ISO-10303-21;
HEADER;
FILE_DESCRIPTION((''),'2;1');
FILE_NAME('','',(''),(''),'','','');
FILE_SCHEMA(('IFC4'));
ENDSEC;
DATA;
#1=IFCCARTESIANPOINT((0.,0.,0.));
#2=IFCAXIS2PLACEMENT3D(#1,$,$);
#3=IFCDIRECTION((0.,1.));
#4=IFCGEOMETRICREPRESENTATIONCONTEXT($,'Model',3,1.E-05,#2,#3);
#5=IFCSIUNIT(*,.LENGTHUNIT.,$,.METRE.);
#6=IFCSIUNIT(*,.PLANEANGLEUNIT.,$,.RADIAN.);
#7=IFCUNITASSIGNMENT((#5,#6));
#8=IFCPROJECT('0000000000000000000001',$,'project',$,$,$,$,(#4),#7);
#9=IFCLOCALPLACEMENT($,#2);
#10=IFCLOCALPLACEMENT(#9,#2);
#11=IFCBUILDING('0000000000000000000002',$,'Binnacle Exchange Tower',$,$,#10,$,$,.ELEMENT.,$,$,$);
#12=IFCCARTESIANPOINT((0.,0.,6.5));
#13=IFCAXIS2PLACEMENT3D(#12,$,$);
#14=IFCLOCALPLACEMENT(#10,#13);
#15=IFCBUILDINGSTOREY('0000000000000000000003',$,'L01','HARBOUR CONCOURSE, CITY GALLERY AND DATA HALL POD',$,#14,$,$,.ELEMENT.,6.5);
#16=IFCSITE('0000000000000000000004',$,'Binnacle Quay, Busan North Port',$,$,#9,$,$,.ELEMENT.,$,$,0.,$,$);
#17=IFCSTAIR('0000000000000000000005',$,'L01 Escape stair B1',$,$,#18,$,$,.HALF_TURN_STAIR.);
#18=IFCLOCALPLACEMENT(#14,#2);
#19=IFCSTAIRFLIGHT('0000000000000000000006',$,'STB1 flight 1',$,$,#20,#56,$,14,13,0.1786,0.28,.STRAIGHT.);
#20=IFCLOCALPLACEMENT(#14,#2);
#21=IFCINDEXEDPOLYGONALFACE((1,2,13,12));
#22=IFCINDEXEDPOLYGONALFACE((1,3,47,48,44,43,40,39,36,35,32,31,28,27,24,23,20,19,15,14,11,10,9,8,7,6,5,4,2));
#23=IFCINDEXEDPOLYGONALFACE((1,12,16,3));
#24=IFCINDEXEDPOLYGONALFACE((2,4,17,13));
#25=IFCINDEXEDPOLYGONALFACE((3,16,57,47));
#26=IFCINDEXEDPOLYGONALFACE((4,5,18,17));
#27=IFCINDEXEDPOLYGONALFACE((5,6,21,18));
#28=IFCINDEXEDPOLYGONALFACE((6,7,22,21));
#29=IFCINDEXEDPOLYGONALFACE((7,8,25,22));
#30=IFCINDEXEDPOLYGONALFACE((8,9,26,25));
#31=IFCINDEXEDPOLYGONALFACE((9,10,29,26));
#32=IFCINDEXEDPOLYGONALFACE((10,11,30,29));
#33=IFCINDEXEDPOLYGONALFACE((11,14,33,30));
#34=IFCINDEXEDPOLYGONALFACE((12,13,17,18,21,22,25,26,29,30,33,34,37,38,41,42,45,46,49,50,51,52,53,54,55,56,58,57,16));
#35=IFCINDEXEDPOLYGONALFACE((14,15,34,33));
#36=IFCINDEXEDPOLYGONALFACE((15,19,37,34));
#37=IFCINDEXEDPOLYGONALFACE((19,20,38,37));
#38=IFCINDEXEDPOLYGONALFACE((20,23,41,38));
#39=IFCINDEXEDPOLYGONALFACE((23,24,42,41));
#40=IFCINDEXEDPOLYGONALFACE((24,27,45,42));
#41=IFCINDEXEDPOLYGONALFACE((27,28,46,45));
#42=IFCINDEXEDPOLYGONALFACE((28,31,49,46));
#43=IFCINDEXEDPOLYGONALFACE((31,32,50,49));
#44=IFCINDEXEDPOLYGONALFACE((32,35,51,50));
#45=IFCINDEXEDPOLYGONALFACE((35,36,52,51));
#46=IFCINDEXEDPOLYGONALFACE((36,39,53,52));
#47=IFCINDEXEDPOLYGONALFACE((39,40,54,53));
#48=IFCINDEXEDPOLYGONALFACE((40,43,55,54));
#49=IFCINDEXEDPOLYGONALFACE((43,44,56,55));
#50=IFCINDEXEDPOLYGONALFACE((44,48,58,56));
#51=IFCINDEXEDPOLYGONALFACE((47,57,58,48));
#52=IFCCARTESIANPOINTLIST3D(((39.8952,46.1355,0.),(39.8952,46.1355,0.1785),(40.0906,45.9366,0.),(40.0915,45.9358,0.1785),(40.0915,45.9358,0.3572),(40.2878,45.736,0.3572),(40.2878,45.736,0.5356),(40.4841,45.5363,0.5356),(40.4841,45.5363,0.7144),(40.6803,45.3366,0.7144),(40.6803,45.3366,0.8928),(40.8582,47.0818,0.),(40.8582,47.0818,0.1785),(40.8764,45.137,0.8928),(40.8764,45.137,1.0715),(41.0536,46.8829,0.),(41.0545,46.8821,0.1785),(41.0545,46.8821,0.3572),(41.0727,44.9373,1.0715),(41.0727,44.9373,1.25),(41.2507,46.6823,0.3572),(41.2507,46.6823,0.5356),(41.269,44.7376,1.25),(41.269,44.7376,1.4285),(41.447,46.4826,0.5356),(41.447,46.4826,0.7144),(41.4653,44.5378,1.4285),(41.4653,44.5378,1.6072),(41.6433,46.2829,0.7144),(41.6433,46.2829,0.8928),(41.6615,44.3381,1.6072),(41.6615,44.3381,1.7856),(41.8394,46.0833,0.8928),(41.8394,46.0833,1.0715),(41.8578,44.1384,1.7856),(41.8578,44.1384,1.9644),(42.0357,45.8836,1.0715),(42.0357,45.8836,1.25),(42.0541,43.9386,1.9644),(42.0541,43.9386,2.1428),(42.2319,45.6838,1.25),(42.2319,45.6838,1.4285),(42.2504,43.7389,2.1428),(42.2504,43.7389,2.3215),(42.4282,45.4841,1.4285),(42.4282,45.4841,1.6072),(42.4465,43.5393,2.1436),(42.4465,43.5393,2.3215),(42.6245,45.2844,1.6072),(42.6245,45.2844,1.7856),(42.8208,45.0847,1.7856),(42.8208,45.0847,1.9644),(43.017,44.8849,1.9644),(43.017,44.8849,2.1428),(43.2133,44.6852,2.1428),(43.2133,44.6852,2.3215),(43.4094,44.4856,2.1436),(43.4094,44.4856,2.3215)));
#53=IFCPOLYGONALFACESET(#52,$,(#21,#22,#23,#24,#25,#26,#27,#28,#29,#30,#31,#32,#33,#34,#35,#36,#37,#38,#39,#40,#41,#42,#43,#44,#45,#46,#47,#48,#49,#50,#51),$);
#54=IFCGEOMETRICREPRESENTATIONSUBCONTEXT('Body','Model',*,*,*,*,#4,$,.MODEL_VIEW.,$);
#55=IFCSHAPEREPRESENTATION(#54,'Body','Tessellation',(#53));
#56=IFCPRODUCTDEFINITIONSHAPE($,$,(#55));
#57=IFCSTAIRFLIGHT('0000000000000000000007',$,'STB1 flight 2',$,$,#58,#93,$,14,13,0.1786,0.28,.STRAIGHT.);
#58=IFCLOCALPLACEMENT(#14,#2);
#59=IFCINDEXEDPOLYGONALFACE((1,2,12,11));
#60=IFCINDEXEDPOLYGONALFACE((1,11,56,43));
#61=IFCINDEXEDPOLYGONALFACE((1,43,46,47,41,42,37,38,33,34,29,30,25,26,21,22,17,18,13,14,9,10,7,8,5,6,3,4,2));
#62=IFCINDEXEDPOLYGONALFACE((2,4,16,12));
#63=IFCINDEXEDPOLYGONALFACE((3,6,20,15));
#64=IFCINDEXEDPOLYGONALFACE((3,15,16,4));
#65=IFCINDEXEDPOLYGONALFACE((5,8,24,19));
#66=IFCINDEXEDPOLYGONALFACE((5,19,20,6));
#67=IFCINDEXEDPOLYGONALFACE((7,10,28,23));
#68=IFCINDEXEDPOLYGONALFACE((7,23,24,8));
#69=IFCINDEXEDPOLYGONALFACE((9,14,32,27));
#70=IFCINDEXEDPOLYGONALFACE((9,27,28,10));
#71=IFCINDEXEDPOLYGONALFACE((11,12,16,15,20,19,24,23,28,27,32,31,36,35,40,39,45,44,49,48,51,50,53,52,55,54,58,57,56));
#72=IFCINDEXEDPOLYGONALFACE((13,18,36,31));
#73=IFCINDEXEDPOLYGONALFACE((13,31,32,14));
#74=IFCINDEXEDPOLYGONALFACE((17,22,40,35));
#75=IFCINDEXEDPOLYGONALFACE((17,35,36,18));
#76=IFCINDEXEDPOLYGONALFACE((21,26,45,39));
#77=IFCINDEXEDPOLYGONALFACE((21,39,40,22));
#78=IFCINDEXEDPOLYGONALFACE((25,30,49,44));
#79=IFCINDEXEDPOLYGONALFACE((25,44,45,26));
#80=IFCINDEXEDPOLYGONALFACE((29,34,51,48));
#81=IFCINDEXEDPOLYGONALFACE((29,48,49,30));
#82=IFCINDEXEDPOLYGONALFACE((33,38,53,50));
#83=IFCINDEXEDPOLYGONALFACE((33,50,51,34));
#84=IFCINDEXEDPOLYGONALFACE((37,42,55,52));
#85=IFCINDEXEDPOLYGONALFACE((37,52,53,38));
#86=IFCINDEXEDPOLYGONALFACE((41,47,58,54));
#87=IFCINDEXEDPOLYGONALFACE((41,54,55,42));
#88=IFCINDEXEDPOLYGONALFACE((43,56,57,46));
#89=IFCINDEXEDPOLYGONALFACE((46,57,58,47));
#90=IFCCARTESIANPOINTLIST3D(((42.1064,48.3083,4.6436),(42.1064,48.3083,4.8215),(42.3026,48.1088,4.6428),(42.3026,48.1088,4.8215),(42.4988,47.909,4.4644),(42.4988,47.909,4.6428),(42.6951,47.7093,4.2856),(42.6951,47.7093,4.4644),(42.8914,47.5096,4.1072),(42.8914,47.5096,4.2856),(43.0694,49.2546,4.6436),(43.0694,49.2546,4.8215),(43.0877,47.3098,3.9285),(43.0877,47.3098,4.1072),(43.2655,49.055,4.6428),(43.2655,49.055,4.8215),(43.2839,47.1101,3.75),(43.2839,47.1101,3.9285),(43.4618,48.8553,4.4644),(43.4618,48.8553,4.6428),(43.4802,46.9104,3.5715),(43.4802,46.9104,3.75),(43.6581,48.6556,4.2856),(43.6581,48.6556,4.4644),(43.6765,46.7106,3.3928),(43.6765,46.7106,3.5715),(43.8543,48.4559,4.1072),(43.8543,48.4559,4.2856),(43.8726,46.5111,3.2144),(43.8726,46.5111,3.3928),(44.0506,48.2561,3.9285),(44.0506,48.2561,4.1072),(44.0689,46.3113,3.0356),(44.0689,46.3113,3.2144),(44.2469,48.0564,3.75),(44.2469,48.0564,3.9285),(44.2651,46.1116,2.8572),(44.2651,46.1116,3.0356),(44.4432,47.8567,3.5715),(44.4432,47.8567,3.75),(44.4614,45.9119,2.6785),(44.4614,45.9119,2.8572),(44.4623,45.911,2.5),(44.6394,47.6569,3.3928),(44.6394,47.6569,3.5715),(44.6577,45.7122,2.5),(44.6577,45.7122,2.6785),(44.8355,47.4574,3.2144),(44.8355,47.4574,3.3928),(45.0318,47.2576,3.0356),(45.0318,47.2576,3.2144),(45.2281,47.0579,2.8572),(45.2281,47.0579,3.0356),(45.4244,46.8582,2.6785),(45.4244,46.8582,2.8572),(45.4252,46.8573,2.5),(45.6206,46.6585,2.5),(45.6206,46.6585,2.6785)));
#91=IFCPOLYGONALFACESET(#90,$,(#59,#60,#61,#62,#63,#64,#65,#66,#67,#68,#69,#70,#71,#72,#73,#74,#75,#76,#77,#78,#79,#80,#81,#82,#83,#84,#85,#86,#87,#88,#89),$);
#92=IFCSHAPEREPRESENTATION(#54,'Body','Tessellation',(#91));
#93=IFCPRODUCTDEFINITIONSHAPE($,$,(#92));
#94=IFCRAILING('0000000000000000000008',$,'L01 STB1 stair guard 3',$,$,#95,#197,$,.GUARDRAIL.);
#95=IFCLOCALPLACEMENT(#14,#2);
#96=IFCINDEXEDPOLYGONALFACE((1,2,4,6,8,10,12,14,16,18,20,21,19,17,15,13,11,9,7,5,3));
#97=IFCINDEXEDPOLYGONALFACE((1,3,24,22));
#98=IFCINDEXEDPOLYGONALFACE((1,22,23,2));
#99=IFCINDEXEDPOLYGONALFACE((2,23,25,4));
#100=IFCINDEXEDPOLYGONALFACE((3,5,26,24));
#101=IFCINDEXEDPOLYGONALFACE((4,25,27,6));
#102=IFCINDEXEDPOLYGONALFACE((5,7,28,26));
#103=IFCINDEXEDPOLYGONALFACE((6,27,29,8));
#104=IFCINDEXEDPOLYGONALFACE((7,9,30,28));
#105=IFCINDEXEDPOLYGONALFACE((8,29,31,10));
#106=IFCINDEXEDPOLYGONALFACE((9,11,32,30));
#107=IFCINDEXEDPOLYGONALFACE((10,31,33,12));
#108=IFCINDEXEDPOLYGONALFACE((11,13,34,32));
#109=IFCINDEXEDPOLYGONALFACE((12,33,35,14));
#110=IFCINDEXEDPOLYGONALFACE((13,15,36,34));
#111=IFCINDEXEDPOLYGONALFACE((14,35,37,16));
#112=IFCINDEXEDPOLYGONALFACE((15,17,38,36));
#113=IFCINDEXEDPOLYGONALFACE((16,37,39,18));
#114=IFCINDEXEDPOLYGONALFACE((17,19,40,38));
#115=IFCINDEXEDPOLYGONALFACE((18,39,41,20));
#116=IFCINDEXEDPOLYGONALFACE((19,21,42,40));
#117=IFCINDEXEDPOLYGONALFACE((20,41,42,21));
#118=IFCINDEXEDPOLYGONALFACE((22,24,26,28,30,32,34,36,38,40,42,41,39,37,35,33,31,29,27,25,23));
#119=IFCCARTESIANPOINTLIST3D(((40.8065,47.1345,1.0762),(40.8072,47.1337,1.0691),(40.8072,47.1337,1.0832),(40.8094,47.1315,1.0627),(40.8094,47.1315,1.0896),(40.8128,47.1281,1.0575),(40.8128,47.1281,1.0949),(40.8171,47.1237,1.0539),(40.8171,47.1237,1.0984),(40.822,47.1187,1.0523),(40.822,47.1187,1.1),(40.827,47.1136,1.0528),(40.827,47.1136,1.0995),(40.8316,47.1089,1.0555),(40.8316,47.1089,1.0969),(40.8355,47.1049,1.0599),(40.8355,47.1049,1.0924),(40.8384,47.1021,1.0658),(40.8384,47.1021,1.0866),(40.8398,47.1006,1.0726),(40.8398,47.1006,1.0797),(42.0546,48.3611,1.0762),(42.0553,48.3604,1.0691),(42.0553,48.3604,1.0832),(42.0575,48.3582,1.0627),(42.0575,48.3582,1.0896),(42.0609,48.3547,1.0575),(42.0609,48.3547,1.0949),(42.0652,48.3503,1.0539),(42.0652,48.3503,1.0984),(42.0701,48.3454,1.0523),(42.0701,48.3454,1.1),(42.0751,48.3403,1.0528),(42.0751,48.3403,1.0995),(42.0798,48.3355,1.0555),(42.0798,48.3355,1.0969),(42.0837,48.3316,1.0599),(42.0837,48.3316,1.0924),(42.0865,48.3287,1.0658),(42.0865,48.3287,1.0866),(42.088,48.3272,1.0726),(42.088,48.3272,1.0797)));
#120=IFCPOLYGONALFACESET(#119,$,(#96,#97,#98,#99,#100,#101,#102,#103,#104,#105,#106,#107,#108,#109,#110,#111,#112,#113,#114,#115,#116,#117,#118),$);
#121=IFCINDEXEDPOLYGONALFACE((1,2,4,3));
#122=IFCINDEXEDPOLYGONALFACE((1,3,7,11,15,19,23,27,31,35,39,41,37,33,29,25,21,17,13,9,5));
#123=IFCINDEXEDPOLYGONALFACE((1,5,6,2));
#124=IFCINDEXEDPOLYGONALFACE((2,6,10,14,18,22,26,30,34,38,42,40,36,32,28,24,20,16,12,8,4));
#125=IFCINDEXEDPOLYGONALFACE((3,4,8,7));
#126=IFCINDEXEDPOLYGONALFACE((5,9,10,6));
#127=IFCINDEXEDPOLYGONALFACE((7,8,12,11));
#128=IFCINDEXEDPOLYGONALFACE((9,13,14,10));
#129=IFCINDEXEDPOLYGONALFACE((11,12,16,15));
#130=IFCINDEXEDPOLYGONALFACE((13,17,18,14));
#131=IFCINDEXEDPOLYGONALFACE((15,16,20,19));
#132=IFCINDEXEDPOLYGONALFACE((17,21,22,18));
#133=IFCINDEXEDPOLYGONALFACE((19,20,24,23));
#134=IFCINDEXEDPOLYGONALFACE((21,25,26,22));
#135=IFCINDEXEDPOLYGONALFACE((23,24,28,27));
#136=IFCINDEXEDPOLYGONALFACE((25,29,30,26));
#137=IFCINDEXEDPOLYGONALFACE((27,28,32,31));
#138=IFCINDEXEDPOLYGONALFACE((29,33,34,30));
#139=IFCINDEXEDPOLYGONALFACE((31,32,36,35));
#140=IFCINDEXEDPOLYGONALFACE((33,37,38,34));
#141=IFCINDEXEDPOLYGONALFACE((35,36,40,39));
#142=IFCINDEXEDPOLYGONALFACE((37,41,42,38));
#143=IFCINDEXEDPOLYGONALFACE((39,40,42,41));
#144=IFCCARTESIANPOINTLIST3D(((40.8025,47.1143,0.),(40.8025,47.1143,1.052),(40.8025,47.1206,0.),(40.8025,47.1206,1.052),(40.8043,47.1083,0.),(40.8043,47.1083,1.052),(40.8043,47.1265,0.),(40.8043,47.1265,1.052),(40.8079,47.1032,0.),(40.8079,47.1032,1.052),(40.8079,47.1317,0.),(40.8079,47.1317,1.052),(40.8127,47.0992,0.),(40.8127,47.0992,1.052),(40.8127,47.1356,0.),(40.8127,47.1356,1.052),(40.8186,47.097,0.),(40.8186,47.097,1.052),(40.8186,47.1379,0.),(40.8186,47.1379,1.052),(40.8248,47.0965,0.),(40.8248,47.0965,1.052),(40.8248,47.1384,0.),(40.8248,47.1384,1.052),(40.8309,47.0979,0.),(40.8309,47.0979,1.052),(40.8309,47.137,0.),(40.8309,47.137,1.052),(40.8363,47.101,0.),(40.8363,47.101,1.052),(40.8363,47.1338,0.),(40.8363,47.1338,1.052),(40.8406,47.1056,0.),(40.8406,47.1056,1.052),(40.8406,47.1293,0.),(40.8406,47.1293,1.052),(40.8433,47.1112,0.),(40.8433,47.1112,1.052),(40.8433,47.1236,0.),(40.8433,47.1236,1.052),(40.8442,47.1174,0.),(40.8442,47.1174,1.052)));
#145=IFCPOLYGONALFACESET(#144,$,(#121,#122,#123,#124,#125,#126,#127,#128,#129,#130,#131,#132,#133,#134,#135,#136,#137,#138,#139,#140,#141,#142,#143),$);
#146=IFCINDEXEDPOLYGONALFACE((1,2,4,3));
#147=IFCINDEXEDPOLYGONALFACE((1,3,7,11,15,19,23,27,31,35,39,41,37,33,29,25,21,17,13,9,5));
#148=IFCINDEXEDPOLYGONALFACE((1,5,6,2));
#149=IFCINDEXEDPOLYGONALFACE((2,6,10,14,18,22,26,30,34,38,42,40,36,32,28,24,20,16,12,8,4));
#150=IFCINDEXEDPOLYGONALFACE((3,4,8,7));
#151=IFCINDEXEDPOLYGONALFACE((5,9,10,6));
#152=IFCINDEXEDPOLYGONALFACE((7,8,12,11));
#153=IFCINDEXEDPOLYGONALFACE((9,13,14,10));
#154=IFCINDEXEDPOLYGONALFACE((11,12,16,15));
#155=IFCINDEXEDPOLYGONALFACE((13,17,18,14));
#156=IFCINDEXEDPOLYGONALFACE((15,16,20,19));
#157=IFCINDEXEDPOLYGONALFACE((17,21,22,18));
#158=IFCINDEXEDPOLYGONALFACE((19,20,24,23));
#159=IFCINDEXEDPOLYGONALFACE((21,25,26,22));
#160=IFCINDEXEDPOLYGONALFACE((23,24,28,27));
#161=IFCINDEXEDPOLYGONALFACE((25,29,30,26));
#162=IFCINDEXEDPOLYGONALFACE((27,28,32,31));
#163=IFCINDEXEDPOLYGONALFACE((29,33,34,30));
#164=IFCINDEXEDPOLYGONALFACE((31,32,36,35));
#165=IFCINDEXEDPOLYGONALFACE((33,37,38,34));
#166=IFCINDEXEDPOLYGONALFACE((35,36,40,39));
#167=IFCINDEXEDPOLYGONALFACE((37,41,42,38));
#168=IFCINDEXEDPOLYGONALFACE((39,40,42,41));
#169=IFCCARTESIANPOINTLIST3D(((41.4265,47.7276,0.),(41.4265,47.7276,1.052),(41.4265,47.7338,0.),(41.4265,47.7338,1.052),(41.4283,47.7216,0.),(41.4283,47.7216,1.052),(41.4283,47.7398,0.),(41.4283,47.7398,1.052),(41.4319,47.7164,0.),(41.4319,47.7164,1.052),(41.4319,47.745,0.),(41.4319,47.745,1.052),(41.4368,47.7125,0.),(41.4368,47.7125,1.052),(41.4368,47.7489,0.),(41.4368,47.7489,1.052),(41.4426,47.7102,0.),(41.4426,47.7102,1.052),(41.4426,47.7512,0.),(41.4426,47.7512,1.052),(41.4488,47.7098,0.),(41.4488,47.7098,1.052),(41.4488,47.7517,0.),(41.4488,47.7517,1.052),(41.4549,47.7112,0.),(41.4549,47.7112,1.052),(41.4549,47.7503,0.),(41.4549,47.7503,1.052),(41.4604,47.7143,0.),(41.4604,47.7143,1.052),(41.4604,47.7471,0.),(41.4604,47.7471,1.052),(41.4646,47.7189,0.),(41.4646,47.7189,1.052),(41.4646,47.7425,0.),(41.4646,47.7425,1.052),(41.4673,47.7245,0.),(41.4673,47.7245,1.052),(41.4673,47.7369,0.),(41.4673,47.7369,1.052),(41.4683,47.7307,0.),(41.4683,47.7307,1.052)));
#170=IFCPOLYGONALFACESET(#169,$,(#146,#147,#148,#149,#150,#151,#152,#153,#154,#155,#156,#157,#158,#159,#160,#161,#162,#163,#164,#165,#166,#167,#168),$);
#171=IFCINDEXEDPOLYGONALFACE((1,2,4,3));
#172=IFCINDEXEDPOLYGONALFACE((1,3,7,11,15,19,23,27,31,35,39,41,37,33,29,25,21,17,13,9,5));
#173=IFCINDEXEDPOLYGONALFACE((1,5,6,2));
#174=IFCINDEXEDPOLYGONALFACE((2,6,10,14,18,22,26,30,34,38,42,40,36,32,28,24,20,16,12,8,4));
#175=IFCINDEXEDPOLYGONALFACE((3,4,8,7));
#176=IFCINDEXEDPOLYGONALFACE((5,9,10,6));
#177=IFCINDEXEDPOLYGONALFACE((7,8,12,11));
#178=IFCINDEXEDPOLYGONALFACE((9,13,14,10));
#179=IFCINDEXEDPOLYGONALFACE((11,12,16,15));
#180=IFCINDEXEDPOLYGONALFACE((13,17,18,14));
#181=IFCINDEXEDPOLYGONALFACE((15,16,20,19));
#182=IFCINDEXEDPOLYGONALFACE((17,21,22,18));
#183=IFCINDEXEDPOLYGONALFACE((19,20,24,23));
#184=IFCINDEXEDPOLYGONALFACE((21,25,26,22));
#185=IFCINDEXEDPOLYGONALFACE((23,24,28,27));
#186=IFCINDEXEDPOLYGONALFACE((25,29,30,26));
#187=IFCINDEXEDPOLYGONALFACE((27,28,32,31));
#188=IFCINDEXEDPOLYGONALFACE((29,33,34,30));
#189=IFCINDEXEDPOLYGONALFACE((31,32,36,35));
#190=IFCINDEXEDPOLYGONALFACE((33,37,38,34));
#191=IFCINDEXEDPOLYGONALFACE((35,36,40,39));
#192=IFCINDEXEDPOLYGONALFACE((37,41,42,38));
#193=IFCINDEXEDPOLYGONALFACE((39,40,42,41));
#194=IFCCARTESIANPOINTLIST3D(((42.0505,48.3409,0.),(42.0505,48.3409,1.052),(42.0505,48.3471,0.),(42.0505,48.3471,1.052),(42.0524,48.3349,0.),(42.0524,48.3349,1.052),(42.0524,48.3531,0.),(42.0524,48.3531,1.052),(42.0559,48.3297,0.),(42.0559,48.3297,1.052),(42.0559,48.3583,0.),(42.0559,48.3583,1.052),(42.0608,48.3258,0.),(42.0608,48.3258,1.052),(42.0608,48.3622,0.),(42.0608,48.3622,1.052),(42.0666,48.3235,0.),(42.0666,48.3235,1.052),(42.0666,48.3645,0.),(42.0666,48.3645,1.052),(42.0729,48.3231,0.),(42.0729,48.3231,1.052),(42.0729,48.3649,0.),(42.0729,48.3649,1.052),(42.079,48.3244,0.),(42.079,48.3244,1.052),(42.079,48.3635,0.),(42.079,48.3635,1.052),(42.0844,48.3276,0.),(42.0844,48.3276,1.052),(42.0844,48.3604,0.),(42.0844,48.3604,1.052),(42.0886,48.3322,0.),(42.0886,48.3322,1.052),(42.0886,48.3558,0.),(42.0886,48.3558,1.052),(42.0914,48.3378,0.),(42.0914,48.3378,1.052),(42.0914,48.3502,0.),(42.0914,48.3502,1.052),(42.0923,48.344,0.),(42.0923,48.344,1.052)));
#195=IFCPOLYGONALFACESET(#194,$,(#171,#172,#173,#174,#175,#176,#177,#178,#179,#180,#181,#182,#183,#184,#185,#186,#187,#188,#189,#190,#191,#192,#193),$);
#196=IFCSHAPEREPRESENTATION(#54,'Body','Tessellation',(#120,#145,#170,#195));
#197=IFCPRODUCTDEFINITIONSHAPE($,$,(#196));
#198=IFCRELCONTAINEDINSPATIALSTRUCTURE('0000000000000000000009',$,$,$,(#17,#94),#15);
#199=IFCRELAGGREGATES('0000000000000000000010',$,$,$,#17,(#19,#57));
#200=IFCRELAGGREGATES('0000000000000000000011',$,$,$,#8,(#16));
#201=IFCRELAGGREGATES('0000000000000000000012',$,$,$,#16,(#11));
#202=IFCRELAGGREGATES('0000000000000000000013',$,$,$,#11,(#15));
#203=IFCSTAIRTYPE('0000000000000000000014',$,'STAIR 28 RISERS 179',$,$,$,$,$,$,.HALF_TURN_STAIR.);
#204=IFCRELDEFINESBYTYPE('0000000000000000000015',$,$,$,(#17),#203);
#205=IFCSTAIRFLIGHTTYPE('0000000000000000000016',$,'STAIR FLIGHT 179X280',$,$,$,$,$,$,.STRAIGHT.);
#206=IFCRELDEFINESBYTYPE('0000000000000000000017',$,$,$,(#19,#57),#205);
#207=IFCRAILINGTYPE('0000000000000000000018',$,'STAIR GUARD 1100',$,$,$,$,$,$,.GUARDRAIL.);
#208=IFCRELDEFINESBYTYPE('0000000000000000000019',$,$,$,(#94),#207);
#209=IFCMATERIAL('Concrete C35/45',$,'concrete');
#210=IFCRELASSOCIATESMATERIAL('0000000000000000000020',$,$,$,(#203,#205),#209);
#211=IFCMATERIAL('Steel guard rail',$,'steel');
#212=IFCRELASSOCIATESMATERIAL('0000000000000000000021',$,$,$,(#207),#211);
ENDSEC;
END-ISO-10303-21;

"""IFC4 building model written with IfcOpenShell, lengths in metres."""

from ifc_helpers import new_model, si_unit, direction, frame, origin, origin_2d, place, context, subcontext, project, spatial, polyline, circle, outline, extrude, material, type_object, element, aggregate, save


model = new_model("IFC4")

# Units and contexts
model_context = context("Model", 3, precision=1e-05, world=origin(), true_north=direction((0.0, 1.0)))
body_context = subcontext(model_context, "Body", "Model", "MODEL_VIEW")
ifc_project = project(units=[si_unit("LENGTHUNIT", "METRE"), si_unit("PLANEANGLEUNIT", "RADIAN")], contexts=[model_context])

# Site, building, storey
site_placement = place(None, origin())
site = spatial("IfcSite", under=ifc_project, at=site_placement, Name="Binnacle Quay, Busan North Port", CompositionType="ELEMENT", RefElevation=0.0)
building_placement = place(site_placement, origin())
building = spatial("IfcBuilding", under=site, at=building_placement, Name="Binnacle Exchange Tower", CompositionType="ELEMENT")
storey_placement = place(building_placement, frame((0.0, 0.0, 6.5)))
storey = spatial("IfcBuildingStorey", under=building, at=storey_placement, Name="L01", Description="HARBOUR CONCOURSE, CITY GALLERY AND DATA HALL POD", CompositionType="ELEMENT", Elevation=6.5)

# Stair, stair flights
ifc_material_1 = material(Name="Concrete C35/45", Category="concrete")
stair_type = type_object("IfcStairType", Name="STAIR 28 RISERS 179", PredefinedType="HALF_TURN_STAIR", material=ifc_material_1)
stair_placement = place(storey_placement, origin())
stair = element("IfcStair", 1, at=stair_placement, inside=storey, type_object=stair_type, Name="L01 Escape stair B1", PredefinedType="HALF_TURN_STAIR")
stair_flight_type = type_object("IfcStairFlightType", Name="STAIR FLIGHT 179X280", PredefinedType="STRAIGHT", material=ifc_material_1)
stair_flight_1_placement = place(storey_placement, frame((40.3767, 46.6086, 0.0), z_axis=(0.0, 0.0, 1.0), x_axis=(0.700909, -0.71325, 0.0)))
stair_flight_1 = element("IfcStairFlight", 2, at=stair_flight_1_placement, type_object=stair_flight_type, Name="STB1 flight 1", NumberOfRisers=14, NumberOfTreads=13, PredefinedType="STRAIGHT", RiserHeight=0.1786, TreadLength=0.28, context=body_context, shape_type="SweptSolid", body=[
    extrude(outline(polyline([(0.0, 0.0), (0.0, 0.1785), (0.28, 0.1785), (0.28, 0.3572), (0.5601, 0.3572), (0.5601, 0.5356), (0.8401, 0.5356), (0.8401, 0.7144), (1.1201, 0.7144), (1.1201, 0.8928), (1.3999, 0.8928), (1.3999, 1.0715), (1.6799, 1.0715), (1.6799, 1.25), (1.96, 1.25), (1.96, 1.4285), (2.24, 1.4285), (2.24, 1.6072), (2.52, 1.6072), (2.52, 1.7856), (2.8, 1.7856), (2.8, 1.9644), (3.0801, 1.9644), (3.0801, 2.1428), (3.3601, 2.1428), (3.3601, 2.3215), (3.6399, 2.3215), (3.6399, 2.5), (3.6399, 2.1436), (0.2788, 0.0), (0.0, 0.0)])), frame((0.0, 0.675, 0.0), z_axis=(0.0, -1.0, 0.0), x_axis=(1.0, 0.0, 0.0)), (0.0, 0.0, 1.0), 1.3501),
])
stair_flight_2_placement = place(storey_placement, frame((45.1392, 46.1853, 2.5), z_axis=(0.0, 0.0, 1.0), x_axis=(-0.700909, 0.71325, 0.0)))
stair_flight_2 = element("IfcStairFlight", 3, at=stair_flight_2_placement, type_object=stair_flight_type, Name="STB1 flight 2", NumberOfRisers=14, NumberOfTreads=13, PredefinedType="STRAIGHT", RiserHeight=0.1786, TreadLength=0.28, context=body_context, shape_type="SweptSolid", body=[
    extrude(outline(polyline([(0.0, 0.0), (0.0, 0.1785), (0.28, 0.1785), (0.28, 0.3572), (0.5601, 0.3572), (0.5601, 0.5356), (0.8401, 0.5356), (0.8401, 0.7144), (1.1201, 0.7144), (1.1201, 0.8928), (1.3999, 0.8928), (1.3999, 1.0715), (1.6799, 1.0715), (1.6799, 1.25), (1.96, 1.25), (1.96, 1.4285), (2.24, 1.4285), (2.24, 1.6072), (2.52, 1.6072), (2.52, 1.7856), (2.8, 1.7856), (2.8, 1.9644), (3.0801, 1.9644), (3.0801, 2.1428), (3.3601, 2.1428), (3.3601, 2.3215), (3.6399, 2.3215), (3.6399, 2.5), (3.6399, 2.1436), (0.2788, 0.0), (0.0, 0.0)])), frame((0.0, 0.675, 0.0), z_axis=(0.0, -1.0, 0.0), x_axis=(1.0, 0.0, 0.0)), (0.0, 0.0, 1.0), 1.3501),
])
aggregate(stair, [stair_flight_1, stair_flight_2])

# Railing
ifc_material_2 = material(Name="Steel guard rail", Category="steel")
railing_type_1 = type_object("IfcRailingType", Name="STAIR GUARD 1100", PredefinedType="GUARDRAIL", material=ifc_material_2)
railing_1_placement = place(storey_placement, frame((40.8232, 47.1174, 0.0)))
element("IfcRailing", 4, at=railing_1_placement, inside=storey, type_object=railing_type_1, Name="L01 STB1 stair guard 3", PredefinedType="GUARDRAIL", context=body_context, shape_type="SweptSolid", body=[
    extrude(circle(Radius=0.0239, at=origin_2d()), frame((0.0, 0.0, 1.0762), z_axis=(0.713219, 0.700941, 0.0), x_axis=(-0.700941, 0.713219, 0.0)), (0.0, 0.0, 1.0), 1.75),
    extrude(circle(Radius=0.021, at=origin_2d()), origin(), (0.0, 0.0, 1.0), 1.052),
    extrude(circle(Radius=0.021, at=origin_2d()), frame((0.624, 0.6133, 0.0)), (0.0, 0.0, 1.0), 1.052),
    extrude(circle(Radius=0.021, at=origin_2d()), frame((1.248, 1.2266, 0.0)), (0.0, 0.0, 1.0), 1.052),
])

save(model, "model.ifc")
